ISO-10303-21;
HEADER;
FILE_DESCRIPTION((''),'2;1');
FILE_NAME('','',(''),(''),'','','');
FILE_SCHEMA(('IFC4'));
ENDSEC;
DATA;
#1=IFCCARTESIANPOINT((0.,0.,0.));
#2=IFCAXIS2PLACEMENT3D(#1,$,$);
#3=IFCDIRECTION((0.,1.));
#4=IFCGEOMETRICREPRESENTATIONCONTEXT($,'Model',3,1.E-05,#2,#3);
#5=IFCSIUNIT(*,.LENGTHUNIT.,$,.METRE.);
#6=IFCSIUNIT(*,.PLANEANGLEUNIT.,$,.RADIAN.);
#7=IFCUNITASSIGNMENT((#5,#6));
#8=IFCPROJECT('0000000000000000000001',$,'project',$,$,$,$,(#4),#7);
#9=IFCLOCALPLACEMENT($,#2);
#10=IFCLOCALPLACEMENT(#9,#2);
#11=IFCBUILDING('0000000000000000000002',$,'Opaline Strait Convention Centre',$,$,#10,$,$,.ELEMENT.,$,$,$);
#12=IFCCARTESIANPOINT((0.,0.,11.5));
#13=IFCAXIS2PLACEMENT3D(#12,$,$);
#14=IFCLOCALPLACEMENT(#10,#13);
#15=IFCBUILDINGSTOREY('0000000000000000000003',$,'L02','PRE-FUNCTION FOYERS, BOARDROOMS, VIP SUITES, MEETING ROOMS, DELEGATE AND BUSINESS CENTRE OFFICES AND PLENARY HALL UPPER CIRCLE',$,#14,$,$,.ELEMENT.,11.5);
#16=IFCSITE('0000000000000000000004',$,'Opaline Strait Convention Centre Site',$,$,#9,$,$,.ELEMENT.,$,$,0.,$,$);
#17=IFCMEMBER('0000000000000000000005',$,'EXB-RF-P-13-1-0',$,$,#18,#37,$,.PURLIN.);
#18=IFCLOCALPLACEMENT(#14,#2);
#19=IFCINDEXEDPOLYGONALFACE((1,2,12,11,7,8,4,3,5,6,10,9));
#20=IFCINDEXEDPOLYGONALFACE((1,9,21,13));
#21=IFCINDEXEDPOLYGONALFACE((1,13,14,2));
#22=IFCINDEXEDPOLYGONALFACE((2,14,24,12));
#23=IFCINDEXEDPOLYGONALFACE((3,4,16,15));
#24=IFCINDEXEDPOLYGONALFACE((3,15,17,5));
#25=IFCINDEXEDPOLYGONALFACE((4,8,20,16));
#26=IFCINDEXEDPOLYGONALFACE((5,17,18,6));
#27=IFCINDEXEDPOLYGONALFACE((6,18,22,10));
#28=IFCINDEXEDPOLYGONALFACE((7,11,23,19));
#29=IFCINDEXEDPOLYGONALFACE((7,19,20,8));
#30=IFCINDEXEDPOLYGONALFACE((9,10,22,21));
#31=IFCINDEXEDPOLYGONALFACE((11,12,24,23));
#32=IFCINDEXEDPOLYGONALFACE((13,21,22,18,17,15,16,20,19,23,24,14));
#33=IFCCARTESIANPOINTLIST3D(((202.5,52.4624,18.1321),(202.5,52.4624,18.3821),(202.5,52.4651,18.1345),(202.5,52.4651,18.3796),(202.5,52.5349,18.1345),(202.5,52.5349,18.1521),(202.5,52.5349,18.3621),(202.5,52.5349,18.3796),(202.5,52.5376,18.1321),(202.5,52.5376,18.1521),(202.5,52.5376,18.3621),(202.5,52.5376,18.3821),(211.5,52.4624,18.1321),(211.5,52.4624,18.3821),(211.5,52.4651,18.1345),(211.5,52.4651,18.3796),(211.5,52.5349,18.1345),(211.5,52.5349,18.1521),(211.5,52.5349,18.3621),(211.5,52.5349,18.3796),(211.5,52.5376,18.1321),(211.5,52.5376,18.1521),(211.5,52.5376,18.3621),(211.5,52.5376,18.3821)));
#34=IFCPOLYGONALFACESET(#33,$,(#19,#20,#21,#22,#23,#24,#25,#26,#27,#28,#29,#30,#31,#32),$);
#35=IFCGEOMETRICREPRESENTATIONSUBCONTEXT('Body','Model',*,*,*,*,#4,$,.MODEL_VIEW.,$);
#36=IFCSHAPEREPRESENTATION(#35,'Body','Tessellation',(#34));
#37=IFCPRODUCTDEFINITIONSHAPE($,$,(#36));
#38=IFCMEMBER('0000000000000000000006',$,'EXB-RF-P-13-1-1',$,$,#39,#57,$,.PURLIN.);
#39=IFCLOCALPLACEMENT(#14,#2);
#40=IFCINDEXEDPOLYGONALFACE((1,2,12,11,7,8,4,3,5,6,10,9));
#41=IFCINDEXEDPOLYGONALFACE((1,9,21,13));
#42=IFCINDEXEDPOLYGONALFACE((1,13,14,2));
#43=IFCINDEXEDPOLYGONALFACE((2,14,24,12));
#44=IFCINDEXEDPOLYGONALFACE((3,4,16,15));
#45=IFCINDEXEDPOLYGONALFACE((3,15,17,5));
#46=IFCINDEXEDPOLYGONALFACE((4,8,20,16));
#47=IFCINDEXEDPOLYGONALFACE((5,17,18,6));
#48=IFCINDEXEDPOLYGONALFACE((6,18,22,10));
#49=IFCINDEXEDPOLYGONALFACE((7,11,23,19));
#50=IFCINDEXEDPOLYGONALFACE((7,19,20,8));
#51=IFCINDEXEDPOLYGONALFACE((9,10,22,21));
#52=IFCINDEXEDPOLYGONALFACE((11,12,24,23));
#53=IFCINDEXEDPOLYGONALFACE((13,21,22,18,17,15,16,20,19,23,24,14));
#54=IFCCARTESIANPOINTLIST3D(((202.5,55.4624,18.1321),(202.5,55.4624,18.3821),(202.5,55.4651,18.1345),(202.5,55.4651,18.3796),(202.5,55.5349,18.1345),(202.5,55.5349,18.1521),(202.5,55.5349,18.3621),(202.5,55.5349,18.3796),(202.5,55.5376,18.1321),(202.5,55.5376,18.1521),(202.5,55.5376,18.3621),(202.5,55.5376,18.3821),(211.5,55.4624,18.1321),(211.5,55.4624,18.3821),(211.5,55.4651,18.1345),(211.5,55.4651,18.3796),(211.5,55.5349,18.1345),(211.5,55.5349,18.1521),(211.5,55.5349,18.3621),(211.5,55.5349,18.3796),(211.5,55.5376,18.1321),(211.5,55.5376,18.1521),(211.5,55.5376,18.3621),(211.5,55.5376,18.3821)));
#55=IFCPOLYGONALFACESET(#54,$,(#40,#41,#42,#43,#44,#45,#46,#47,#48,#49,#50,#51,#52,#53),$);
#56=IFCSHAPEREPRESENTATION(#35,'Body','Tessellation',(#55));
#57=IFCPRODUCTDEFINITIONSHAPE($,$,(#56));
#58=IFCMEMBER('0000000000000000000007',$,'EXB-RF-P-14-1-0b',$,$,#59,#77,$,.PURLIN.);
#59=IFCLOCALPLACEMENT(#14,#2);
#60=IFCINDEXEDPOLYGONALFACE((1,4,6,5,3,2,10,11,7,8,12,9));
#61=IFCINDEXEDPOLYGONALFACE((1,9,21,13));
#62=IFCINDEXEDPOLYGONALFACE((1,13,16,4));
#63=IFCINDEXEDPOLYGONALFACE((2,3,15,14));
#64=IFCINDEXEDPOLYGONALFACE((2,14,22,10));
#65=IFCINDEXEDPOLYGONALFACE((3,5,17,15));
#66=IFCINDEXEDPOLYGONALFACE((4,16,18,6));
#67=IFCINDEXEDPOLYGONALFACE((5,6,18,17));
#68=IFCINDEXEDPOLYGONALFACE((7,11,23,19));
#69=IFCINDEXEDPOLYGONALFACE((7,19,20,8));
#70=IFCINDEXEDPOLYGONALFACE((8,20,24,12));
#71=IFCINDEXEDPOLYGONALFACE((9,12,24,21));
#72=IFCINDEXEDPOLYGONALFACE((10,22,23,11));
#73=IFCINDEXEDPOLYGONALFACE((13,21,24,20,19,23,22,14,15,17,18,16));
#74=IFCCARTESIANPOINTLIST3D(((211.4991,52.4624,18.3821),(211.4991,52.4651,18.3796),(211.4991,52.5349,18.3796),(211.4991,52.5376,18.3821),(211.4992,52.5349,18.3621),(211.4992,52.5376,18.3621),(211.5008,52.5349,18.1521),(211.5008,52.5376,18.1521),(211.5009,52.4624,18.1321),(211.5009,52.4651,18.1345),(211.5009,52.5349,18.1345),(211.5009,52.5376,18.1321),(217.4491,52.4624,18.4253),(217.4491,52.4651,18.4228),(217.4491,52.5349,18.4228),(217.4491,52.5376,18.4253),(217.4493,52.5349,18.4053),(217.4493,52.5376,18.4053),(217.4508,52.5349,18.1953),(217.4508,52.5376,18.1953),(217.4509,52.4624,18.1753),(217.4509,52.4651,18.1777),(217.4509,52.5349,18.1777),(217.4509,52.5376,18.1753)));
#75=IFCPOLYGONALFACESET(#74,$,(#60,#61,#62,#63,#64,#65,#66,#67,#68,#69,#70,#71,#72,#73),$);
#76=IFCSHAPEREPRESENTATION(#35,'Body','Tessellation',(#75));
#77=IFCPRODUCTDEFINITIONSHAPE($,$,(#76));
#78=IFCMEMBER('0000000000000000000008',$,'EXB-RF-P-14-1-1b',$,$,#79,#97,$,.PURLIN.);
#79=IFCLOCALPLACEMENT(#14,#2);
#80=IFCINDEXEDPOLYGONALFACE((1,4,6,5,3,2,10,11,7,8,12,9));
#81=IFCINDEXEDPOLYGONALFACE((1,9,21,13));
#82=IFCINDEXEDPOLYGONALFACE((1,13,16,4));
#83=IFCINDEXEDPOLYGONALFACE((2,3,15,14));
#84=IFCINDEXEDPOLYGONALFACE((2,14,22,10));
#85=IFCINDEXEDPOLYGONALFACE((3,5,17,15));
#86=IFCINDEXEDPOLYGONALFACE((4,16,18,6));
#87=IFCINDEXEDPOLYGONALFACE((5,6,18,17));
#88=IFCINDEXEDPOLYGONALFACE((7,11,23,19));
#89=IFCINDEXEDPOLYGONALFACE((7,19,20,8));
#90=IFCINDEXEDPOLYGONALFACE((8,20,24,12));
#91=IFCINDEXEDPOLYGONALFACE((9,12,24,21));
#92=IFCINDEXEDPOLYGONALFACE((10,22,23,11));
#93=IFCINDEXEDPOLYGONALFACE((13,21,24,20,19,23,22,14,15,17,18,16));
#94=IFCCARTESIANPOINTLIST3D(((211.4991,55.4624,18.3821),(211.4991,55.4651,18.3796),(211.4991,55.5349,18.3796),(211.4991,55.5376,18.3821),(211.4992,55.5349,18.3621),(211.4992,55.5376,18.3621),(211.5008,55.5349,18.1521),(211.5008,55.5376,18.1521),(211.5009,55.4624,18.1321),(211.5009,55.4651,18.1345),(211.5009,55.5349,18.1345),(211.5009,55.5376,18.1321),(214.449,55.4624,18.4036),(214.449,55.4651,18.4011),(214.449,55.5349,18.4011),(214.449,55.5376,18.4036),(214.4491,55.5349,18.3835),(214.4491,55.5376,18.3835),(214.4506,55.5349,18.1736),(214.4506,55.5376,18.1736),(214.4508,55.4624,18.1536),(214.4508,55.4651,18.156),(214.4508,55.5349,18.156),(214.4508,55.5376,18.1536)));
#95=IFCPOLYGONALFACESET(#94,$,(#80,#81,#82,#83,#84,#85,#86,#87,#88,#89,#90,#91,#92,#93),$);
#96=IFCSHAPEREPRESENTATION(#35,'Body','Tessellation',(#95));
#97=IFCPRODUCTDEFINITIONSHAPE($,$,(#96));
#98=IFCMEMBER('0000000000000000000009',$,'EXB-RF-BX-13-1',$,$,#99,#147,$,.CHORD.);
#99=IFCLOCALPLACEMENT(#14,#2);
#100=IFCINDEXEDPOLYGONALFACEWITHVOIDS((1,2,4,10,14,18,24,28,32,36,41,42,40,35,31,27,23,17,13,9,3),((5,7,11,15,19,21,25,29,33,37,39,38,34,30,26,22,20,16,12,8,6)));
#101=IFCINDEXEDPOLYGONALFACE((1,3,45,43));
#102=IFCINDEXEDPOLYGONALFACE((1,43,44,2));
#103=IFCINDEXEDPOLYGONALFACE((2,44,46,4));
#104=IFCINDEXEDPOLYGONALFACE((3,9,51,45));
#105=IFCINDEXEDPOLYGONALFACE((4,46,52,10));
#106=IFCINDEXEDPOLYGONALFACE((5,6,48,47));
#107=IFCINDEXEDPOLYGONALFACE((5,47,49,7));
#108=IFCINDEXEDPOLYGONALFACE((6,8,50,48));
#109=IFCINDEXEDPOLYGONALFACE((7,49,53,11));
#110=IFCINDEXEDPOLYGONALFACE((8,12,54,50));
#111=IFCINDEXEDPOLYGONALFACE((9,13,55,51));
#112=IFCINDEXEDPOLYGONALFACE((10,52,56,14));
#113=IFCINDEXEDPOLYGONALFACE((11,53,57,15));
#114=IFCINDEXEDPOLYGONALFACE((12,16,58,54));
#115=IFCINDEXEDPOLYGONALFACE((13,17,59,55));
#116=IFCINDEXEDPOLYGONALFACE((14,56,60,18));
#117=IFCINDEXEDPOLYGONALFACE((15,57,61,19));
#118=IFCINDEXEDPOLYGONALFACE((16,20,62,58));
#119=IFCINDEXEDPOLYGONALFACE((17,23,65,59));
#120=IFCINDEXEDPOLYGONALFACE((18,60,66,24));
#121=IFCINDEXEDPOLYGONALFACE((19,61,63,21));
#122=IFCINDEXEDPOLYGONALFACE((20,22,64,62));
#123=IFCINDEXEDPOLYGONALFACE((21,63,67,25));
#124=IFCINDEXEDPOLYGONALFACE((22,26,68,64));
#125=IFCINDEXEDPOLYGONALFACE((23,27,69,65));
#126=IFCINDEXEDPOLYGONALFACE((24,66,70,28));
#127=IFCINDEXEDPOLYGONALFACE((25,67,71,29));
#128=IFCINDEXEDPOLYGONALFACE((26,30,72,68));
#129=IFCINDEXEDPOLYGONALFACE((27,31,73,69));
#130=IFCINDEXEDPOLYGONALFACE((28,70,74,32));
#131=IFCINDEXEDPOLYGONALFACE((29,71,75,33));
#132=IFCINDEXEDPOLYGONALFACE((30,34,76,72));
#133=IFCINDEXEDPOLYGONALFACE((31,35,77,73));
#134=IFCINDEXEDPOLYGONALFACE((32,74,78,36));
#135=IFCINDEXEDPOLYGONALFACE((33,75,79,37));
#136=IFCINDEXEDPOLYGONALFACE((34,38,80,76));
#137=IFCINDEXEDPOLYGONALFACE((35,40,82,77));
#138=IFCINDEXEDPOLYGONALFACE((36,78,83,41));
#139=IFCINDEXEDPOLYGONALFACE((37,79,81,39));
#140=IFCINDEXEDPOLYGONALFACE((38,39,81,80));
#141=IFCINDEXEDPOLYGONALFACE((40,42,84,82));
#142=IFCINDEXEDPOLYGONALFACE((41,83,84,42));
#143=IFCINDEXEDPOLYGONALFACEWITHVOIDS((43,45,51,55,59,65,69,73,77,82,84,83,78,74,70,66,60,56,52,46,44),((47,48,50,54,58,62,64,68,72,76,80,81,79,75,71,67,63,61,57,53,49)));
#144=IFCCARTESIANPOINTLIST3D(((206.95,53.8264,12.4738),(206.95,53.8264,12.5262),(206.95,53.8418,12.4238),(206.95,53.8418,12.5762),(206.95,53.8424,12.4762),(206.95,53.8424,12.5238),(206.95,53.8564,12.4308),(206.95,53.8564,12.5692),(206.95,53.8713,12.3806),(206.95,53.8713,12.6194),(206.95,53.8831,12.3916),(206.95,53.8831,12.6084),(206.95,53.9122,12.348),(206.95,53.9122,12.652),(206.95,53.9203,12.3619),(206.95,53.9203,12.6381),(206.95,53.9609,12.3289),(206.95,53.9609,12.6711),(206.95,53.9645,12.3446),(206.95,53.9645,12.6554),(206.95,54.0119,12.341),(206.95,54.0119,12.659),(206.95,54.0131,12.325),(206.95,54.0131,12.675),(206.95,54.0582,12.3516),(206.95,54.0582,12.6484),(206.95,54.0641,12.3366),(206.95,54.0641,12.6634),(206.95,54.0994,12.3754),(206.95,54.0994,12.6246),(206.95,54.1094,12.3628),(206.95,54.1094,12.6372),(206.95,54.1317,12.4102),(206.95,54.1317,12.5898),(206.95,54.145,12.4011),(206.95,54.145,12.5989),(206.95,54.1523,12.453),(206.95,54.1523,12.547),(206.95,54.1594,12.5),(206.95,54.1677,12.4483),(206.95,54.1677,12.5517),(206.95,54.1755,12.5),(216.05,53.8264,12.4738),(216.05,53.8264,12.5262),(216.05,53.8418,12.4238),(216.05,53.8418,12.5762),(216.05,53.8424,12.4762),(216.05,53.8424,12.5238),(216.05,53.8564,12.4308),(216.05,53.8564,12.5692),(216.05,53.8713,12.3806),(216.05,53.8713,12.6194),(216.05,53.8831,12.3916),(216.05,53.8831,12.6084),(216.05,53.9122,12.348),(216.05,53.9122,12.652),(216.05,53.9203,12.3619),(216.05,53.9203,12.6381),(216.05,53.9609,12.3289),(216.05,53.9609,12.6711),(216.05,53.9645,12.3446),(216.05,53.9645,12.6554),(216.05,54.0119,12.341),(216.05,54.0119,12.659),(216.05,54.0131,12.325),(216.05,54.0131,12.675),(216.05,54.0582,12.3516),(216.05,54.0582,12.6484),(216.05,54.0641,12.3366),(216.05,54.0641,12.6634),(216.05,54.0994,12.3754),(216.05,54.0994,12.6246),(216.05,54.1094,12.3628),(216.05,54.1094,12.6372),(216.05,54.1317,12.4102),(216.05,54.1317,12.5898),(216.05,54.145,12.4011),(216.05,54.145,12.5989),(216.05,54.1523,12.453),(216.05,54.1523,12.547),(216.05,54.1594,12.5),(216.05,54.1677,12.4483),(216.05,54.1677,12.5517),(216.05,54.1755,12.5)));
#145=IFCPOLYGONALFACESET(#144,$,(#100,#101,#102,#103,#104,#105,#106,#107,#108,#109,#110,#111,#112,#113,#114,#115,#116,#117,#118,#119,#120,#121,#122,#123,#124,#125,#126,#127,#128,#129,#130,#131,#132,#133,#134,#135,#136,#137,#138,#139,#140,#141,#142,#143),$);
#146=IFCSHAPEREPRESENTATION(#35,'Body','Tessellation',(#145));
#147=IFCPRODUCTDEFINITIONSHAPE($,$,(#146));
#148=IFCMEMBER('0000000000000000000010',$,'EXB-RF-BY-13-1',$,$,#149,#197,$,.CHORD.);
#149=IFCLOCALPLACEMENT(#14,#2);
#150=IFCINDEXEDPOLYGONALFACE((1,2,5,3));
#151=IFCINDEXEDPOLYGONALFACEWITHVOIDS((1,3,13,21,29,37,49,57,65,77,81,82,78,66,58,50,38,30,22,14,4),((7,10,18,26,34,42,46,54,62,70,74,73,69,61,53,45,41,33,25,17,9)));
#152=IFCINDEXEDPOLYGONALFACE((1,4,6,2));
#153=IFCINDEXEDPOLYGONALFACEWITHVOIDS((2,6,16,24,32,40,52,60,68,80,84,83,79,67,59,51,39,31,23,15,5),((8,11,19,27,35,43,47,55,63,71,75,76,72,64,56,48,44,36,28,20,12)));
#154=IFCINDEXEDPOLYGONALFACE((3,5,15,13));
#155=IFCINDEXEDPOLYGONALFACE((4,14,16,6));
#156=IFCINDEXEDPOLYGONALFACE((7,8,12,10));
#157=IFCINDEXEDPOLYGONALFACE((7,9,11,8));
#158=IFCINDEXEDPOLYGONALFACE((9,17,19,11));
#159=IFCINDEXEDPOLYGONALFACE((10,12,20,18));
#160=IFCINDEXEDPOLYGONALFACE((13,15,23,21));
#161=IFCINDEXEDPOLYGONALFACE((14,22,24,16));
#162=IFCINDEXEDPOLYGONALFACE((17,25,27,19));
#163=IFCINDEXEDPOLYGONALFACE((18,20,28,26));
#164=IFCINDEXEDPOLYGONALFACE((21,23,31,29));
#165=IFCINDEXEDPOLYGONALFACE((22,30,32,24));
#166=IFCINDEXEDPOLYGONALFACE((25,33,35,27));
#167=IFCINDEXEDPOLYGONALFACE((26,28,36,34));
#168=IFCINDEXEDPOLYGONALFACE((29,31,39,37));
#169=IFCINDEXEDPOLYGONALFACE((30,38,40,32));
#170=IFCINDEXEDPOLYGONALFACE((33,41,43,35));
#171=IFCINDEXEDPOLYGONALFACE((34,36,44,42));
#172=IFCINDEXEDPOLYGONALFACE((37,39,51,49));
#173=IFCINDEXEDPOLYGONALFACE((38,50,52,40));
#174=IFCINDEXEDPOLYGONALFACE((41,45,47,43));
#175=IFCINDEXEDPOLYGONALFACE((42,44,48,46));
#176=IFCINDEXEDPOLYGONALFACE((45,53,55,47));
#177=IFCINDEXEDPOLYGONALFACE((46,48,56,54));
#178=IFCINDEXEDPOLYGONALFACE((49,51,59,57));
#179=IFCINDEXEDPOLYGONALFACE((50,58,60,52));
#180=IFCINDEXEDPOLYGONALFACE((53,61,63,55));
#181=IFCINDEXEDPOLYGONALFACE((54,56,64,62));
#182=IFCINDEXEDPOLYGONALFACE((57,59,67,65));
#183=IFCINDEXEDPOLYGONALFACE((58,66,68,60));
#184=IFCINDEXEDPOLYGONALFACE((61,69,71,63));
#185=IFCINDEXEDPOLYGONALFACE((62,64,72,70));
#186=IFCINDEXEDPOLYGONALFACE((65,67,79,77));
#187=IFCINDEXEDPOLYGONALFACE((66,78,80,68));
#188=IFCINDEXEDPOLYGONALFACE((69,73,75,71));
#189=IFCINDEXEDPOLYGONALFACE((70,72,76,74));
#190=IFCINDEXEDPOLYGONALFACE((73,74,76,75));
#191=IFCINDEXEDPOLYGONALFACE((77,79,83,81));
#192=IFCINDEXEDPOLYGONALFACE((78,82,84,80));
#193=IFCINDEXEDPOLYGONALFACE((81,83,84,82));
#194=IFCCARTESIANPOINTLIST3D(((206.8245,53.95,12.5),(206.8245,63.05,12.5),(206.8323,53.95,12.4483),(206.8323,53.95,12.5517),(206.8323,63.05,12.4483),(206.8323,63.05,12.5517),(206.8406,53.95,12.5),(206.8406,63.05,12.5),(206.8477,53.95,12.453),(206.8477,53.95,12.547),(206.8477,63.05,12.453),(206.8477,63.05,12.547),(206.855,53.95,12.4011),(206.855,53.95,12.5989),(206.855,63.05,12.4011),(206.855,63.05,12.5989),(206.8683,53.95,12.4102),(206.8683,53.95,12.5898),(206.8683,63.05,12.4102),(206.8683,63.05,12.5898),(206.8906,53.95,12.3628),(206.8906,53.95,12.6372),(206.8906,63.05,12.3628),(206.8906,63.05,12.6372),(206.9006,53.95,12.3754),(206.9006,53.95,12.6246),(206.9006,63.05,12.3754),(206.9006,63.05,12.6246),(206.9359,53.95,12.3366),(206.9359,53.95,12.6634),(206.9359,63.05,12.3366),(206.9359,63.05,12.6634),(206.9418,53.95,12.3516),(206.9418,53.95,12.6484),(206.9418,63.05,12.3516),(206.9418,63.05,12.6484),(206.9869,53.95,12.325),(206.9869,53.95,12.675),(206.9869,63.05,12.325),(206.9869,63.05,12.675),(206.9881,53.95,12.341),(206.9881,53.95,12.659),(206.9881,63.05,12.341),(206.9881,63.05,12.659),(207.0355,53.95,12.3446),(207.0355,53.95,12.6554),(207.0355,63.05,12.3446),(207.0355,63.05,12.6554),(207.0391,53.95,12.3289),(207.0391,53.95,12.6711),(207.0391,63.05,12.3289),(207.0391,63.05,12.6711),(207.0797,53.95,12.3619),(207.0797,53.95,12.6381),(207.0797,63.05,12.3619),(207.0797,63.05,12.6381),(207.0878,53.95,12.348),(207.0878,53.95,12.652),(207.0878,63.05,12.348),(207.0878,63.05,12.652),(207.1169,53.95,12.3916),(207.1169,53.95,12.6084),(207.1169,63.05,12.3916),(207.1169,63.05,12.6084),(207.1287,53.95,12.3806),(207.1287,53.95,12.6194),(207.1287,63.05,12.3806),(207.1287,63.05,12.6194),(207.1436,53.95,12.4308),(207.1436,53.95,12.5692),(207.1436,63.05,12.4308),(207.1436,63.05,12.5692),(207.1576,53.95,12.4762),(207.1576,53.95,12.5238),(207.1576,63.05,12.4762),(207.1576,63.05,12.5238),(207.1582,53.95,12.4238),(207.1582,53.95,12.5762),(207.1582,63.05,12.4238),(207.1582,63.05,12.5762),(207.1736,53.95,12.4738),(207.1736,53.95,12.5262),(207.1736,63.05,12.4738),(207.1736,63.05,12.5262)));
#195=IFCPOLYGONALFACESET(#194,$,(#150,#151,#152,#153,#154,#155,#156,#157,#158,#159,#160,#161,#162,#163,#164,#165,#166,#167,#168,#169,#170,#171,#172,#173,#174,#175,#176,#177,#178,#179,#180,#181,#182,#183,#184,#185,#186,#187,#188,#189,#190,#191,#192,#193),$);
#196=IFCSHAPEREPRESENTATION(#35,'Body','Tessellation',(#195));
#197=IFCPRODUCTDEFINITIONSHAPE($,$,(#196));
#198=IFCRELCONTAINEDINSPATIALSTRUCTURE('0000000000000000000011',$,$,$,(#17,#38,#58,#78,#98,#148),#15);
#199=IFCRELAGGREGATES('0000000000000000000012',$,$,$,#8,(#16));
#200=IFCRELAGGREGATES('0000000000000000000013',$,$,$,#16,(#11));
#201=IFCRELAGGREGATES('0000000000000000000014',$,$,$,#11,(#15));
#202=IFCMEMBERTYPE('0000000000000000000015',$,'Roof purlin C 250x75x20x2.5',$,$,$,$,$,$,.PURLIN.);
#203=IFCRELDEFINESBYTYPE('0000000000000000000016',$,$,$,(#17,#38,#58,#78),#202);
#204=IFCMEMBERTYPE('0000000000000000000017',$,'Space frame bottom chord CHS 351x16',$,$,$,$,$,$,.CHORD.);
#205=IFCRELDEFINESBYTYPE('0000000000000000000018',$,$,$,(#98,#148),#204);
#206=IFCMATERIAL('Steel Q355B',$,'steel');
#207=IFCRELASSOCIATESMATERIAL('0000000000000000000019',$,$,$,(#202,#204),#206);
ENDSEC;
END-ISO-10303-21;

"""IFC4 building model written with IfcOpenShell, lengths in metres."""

from ifc_helpers import new_model, si_unit, direction, frame, origin, origin_2d, place, context, subcontext, project, spatial, polyline, hollow_circle, outline, extrude, material, material_profile, profile_set, type_object, element, save


model = new_model("IFC4")

# Units and contexts
model_context = context("Model", 3, precision=1e-05, world=origin(), true_north=direction((0.0, 1.0)))
body_context = subcontext(model_context, "Body", "Model", "MODEL_VIEW")
ifc_project = project(units=[si_unit("LENGTHUNIT", "METRE"), si_unit("PLANEANGLEUNIT", "RADIAN")], contexts=[model_context])

# Site, building, storey
site_placement = place(None, origin())
site = spatial("IfcSite", under=ifc_project, at=site_placement, Name="Opaline Strait Convention Centre Site", CompositionType="ELEMENT", RefElevation=0.0)
building_placement = place(site_placement, origin())
building = spatial("IfcBuilding", under=site, at=building_placement, Name="Opaline Strait Convention Centre", CompositionType="ELEMENT")
storey_placement = place(building_placement, frame((0.0, 0.0, 11.5)))
storey = spatial("IfcBuildingStorey", under=building, at=storey_placement, Name="L02", Description="PRE-FUNCTION FOYERS, BOARDROOMS, VIP SUITES, MEETING ROOMS, DELEGATE AND BUSINESS CENTRE OFFICES AND PLENARY HALL UPPER CIRCLE", CompositionType="ELEMENT", Elevation=11.5)

# Members
ifc_material_1 = material(Name="Steel Q355B", Category="steel")
ifc_material_profile_1 = material_profile(ifc_material_1, outline(polyline([(-0.0376, -0.125), (0.0376, -0.125), (0.0376, -0.105), (0.0349, -0.105), (0.0349, -0.1226), (-0.0349, -0.1226), (-0.0349, 0.1226), (0.0349, 0.1226), (0.0349, 0.105), (0.0376, 0.105), (0.0376, 0.125), (-0.0376, 0.125), (-0.0376, -0.125)])), Name="C 250x75x20x2.5")
ifc_profile_set_1 = profile_set([ifc_material_profile_1], Name="Steel Q355B")
member_type_1 = type_object("IfcMemberType", Name="Roof purlin C 250x75x20x2.5", PredefinedType="PURLIN", material=ifc_profile_set_1)
for number, where, z_axis, x_axis, name in (
    (1, (202.5, 52.5, 18.2571), (1.0, 0.0, 0.0), (0.0, 1.0, 0.0), "EXB-RF-P-13-1-0"),
    (2, (202.5, 55.5, 18.2571), (1.0, 0.0, 0.0), (0.0, 1.0, 0.0), "EXB-RF-P-13-1-1"),
):
    element("IfcMember", number, at=place(storey_placement, frame(where, z_axis=z_axis, x_axis=x_axis)), inside=storey, type_object=member_type_1, Name=name, PredefinedType="PURLIN", context=body_context, shape_type="SweptSolid", body=[
        extrude(outline(polyline([(-0.0376, -0.125), (0.0376, -0.125), (0.0376, -0.105), (0.0349, -0.105), (0.0349, -0.1226), (-0.0349, -0.1226), (-0.0349, 0.1226), (0.0349, 0.1226), (0.0349, 0.105), (0.0376, 0.105), (0.0376, 0.125), (-0.0376, 0.125), (-0.0376, -0.125)])), origin(), (0.0, 0.0, 1.0), 9.0),
    ])
member_1_placement = place(storey_placement, frame((211.5, 52.5, 18.2571), z_axis=(0.999974, 0.0, 0.007263), x_axis=(0.0, 1.0, 0.0)))
element("IfcMember", 3, at=member_1_placement, inside=storey, type_object=member_type_1, Name="EXB-RF-P-14-1-0b", PredefinedType="PURLIN", context=body_context, shape_type="SweptSolid", body=[
    extrude(outline(polyline([(-0.0376, -0.125), (0.0376, -0.125), (0.0376, -0.105), (0.0349, -0.105), (0.0349, -0.1226), (-0.0349, -0.1226), (-0.0349, 0.1226), (0.0349, 0.1226), (0.0349, 0.105), (0.0376, 0.105), (0.0376, 0.125), (-0.0376, 0.125), (-0.0376, -0.125)])), origin(), (0.0, 0.0, 1.0), 5.9502),
])
member_2_placement = place(storey_placement, frame((211.5, 55.5, 18.2571), z_axis=(0.999973, 0.0, 0.007283), x_axis=(0.0, 1.0, 0.0)))
element("IfcMember", 4, at=member_2_placement, inside=storey, type_object=member_type_1, Name="EXB-RF-P-14-1-1b", PredefinedType="PURLIN", context=body_context, shape_type="SweptSolid", body=[
    extrude(outline(polyline([(-0.0376, -0.125), (0.0376, -0.125), (0.0376, -0.105), (0.0349, -0.105), (0.0349, -0.1226), (-0.0349, -0.1226), (-0.0349, 0.1226), (0.0349, 0.1226), (0.0349, 0.105), (0.0376, 0.105), (0.0376, 0.125), (-0.0376, 0.125), (-0.0376, -0.125)])), origin(), (0.0, 0.0, 1.0), 2.95),
])
ifc_material_profile_2 = material_profile(ifc_material_1, hollow_circle(Radius=0.1755, WallThickness=0.0161, at=origin_2d()), Name="CHS 351x16")
ifc_profile_set_2 = profile_set([ifc_material_profile_2], Name="Steel Q355B")
member_type_2 = type_object("IfcMemberType", Name="Space frame bottom chord CHS 351x16", PredefinedType="CHORD", material=ifc_profile_set_2)
for number, where, z_axis, x_axis, name in (
    (5, (206.95, 54.0, 12.5), (1.0, 0.0, 0.0), (0.0, 1.0, 0.0), "EXB-RF-BX-13-1"),
    (6, (207.0, 53.95, 12.5), (0.0, 1.0, 0.0), (-1.0, 0.0, 0.0), "EXB-RF-BY-13-1"),
):
    element("IfcMember", number, at=place(storey_placement, frame(where, z_axis=z_axis, x_axis=x_axis)), inside=storey, type_object=member_type_2, Name=name, PredefinedType="CHORD", context=body_context, shape_type="SweptSolid", body=[
        extrude(hollow_circle(Radius=0.1755, WallThickness=0.0161, at=origin_2d()), origin(), (0.0, 0.0, 1.0), 9.1001),
    ])

save(model, "model.ifc")
